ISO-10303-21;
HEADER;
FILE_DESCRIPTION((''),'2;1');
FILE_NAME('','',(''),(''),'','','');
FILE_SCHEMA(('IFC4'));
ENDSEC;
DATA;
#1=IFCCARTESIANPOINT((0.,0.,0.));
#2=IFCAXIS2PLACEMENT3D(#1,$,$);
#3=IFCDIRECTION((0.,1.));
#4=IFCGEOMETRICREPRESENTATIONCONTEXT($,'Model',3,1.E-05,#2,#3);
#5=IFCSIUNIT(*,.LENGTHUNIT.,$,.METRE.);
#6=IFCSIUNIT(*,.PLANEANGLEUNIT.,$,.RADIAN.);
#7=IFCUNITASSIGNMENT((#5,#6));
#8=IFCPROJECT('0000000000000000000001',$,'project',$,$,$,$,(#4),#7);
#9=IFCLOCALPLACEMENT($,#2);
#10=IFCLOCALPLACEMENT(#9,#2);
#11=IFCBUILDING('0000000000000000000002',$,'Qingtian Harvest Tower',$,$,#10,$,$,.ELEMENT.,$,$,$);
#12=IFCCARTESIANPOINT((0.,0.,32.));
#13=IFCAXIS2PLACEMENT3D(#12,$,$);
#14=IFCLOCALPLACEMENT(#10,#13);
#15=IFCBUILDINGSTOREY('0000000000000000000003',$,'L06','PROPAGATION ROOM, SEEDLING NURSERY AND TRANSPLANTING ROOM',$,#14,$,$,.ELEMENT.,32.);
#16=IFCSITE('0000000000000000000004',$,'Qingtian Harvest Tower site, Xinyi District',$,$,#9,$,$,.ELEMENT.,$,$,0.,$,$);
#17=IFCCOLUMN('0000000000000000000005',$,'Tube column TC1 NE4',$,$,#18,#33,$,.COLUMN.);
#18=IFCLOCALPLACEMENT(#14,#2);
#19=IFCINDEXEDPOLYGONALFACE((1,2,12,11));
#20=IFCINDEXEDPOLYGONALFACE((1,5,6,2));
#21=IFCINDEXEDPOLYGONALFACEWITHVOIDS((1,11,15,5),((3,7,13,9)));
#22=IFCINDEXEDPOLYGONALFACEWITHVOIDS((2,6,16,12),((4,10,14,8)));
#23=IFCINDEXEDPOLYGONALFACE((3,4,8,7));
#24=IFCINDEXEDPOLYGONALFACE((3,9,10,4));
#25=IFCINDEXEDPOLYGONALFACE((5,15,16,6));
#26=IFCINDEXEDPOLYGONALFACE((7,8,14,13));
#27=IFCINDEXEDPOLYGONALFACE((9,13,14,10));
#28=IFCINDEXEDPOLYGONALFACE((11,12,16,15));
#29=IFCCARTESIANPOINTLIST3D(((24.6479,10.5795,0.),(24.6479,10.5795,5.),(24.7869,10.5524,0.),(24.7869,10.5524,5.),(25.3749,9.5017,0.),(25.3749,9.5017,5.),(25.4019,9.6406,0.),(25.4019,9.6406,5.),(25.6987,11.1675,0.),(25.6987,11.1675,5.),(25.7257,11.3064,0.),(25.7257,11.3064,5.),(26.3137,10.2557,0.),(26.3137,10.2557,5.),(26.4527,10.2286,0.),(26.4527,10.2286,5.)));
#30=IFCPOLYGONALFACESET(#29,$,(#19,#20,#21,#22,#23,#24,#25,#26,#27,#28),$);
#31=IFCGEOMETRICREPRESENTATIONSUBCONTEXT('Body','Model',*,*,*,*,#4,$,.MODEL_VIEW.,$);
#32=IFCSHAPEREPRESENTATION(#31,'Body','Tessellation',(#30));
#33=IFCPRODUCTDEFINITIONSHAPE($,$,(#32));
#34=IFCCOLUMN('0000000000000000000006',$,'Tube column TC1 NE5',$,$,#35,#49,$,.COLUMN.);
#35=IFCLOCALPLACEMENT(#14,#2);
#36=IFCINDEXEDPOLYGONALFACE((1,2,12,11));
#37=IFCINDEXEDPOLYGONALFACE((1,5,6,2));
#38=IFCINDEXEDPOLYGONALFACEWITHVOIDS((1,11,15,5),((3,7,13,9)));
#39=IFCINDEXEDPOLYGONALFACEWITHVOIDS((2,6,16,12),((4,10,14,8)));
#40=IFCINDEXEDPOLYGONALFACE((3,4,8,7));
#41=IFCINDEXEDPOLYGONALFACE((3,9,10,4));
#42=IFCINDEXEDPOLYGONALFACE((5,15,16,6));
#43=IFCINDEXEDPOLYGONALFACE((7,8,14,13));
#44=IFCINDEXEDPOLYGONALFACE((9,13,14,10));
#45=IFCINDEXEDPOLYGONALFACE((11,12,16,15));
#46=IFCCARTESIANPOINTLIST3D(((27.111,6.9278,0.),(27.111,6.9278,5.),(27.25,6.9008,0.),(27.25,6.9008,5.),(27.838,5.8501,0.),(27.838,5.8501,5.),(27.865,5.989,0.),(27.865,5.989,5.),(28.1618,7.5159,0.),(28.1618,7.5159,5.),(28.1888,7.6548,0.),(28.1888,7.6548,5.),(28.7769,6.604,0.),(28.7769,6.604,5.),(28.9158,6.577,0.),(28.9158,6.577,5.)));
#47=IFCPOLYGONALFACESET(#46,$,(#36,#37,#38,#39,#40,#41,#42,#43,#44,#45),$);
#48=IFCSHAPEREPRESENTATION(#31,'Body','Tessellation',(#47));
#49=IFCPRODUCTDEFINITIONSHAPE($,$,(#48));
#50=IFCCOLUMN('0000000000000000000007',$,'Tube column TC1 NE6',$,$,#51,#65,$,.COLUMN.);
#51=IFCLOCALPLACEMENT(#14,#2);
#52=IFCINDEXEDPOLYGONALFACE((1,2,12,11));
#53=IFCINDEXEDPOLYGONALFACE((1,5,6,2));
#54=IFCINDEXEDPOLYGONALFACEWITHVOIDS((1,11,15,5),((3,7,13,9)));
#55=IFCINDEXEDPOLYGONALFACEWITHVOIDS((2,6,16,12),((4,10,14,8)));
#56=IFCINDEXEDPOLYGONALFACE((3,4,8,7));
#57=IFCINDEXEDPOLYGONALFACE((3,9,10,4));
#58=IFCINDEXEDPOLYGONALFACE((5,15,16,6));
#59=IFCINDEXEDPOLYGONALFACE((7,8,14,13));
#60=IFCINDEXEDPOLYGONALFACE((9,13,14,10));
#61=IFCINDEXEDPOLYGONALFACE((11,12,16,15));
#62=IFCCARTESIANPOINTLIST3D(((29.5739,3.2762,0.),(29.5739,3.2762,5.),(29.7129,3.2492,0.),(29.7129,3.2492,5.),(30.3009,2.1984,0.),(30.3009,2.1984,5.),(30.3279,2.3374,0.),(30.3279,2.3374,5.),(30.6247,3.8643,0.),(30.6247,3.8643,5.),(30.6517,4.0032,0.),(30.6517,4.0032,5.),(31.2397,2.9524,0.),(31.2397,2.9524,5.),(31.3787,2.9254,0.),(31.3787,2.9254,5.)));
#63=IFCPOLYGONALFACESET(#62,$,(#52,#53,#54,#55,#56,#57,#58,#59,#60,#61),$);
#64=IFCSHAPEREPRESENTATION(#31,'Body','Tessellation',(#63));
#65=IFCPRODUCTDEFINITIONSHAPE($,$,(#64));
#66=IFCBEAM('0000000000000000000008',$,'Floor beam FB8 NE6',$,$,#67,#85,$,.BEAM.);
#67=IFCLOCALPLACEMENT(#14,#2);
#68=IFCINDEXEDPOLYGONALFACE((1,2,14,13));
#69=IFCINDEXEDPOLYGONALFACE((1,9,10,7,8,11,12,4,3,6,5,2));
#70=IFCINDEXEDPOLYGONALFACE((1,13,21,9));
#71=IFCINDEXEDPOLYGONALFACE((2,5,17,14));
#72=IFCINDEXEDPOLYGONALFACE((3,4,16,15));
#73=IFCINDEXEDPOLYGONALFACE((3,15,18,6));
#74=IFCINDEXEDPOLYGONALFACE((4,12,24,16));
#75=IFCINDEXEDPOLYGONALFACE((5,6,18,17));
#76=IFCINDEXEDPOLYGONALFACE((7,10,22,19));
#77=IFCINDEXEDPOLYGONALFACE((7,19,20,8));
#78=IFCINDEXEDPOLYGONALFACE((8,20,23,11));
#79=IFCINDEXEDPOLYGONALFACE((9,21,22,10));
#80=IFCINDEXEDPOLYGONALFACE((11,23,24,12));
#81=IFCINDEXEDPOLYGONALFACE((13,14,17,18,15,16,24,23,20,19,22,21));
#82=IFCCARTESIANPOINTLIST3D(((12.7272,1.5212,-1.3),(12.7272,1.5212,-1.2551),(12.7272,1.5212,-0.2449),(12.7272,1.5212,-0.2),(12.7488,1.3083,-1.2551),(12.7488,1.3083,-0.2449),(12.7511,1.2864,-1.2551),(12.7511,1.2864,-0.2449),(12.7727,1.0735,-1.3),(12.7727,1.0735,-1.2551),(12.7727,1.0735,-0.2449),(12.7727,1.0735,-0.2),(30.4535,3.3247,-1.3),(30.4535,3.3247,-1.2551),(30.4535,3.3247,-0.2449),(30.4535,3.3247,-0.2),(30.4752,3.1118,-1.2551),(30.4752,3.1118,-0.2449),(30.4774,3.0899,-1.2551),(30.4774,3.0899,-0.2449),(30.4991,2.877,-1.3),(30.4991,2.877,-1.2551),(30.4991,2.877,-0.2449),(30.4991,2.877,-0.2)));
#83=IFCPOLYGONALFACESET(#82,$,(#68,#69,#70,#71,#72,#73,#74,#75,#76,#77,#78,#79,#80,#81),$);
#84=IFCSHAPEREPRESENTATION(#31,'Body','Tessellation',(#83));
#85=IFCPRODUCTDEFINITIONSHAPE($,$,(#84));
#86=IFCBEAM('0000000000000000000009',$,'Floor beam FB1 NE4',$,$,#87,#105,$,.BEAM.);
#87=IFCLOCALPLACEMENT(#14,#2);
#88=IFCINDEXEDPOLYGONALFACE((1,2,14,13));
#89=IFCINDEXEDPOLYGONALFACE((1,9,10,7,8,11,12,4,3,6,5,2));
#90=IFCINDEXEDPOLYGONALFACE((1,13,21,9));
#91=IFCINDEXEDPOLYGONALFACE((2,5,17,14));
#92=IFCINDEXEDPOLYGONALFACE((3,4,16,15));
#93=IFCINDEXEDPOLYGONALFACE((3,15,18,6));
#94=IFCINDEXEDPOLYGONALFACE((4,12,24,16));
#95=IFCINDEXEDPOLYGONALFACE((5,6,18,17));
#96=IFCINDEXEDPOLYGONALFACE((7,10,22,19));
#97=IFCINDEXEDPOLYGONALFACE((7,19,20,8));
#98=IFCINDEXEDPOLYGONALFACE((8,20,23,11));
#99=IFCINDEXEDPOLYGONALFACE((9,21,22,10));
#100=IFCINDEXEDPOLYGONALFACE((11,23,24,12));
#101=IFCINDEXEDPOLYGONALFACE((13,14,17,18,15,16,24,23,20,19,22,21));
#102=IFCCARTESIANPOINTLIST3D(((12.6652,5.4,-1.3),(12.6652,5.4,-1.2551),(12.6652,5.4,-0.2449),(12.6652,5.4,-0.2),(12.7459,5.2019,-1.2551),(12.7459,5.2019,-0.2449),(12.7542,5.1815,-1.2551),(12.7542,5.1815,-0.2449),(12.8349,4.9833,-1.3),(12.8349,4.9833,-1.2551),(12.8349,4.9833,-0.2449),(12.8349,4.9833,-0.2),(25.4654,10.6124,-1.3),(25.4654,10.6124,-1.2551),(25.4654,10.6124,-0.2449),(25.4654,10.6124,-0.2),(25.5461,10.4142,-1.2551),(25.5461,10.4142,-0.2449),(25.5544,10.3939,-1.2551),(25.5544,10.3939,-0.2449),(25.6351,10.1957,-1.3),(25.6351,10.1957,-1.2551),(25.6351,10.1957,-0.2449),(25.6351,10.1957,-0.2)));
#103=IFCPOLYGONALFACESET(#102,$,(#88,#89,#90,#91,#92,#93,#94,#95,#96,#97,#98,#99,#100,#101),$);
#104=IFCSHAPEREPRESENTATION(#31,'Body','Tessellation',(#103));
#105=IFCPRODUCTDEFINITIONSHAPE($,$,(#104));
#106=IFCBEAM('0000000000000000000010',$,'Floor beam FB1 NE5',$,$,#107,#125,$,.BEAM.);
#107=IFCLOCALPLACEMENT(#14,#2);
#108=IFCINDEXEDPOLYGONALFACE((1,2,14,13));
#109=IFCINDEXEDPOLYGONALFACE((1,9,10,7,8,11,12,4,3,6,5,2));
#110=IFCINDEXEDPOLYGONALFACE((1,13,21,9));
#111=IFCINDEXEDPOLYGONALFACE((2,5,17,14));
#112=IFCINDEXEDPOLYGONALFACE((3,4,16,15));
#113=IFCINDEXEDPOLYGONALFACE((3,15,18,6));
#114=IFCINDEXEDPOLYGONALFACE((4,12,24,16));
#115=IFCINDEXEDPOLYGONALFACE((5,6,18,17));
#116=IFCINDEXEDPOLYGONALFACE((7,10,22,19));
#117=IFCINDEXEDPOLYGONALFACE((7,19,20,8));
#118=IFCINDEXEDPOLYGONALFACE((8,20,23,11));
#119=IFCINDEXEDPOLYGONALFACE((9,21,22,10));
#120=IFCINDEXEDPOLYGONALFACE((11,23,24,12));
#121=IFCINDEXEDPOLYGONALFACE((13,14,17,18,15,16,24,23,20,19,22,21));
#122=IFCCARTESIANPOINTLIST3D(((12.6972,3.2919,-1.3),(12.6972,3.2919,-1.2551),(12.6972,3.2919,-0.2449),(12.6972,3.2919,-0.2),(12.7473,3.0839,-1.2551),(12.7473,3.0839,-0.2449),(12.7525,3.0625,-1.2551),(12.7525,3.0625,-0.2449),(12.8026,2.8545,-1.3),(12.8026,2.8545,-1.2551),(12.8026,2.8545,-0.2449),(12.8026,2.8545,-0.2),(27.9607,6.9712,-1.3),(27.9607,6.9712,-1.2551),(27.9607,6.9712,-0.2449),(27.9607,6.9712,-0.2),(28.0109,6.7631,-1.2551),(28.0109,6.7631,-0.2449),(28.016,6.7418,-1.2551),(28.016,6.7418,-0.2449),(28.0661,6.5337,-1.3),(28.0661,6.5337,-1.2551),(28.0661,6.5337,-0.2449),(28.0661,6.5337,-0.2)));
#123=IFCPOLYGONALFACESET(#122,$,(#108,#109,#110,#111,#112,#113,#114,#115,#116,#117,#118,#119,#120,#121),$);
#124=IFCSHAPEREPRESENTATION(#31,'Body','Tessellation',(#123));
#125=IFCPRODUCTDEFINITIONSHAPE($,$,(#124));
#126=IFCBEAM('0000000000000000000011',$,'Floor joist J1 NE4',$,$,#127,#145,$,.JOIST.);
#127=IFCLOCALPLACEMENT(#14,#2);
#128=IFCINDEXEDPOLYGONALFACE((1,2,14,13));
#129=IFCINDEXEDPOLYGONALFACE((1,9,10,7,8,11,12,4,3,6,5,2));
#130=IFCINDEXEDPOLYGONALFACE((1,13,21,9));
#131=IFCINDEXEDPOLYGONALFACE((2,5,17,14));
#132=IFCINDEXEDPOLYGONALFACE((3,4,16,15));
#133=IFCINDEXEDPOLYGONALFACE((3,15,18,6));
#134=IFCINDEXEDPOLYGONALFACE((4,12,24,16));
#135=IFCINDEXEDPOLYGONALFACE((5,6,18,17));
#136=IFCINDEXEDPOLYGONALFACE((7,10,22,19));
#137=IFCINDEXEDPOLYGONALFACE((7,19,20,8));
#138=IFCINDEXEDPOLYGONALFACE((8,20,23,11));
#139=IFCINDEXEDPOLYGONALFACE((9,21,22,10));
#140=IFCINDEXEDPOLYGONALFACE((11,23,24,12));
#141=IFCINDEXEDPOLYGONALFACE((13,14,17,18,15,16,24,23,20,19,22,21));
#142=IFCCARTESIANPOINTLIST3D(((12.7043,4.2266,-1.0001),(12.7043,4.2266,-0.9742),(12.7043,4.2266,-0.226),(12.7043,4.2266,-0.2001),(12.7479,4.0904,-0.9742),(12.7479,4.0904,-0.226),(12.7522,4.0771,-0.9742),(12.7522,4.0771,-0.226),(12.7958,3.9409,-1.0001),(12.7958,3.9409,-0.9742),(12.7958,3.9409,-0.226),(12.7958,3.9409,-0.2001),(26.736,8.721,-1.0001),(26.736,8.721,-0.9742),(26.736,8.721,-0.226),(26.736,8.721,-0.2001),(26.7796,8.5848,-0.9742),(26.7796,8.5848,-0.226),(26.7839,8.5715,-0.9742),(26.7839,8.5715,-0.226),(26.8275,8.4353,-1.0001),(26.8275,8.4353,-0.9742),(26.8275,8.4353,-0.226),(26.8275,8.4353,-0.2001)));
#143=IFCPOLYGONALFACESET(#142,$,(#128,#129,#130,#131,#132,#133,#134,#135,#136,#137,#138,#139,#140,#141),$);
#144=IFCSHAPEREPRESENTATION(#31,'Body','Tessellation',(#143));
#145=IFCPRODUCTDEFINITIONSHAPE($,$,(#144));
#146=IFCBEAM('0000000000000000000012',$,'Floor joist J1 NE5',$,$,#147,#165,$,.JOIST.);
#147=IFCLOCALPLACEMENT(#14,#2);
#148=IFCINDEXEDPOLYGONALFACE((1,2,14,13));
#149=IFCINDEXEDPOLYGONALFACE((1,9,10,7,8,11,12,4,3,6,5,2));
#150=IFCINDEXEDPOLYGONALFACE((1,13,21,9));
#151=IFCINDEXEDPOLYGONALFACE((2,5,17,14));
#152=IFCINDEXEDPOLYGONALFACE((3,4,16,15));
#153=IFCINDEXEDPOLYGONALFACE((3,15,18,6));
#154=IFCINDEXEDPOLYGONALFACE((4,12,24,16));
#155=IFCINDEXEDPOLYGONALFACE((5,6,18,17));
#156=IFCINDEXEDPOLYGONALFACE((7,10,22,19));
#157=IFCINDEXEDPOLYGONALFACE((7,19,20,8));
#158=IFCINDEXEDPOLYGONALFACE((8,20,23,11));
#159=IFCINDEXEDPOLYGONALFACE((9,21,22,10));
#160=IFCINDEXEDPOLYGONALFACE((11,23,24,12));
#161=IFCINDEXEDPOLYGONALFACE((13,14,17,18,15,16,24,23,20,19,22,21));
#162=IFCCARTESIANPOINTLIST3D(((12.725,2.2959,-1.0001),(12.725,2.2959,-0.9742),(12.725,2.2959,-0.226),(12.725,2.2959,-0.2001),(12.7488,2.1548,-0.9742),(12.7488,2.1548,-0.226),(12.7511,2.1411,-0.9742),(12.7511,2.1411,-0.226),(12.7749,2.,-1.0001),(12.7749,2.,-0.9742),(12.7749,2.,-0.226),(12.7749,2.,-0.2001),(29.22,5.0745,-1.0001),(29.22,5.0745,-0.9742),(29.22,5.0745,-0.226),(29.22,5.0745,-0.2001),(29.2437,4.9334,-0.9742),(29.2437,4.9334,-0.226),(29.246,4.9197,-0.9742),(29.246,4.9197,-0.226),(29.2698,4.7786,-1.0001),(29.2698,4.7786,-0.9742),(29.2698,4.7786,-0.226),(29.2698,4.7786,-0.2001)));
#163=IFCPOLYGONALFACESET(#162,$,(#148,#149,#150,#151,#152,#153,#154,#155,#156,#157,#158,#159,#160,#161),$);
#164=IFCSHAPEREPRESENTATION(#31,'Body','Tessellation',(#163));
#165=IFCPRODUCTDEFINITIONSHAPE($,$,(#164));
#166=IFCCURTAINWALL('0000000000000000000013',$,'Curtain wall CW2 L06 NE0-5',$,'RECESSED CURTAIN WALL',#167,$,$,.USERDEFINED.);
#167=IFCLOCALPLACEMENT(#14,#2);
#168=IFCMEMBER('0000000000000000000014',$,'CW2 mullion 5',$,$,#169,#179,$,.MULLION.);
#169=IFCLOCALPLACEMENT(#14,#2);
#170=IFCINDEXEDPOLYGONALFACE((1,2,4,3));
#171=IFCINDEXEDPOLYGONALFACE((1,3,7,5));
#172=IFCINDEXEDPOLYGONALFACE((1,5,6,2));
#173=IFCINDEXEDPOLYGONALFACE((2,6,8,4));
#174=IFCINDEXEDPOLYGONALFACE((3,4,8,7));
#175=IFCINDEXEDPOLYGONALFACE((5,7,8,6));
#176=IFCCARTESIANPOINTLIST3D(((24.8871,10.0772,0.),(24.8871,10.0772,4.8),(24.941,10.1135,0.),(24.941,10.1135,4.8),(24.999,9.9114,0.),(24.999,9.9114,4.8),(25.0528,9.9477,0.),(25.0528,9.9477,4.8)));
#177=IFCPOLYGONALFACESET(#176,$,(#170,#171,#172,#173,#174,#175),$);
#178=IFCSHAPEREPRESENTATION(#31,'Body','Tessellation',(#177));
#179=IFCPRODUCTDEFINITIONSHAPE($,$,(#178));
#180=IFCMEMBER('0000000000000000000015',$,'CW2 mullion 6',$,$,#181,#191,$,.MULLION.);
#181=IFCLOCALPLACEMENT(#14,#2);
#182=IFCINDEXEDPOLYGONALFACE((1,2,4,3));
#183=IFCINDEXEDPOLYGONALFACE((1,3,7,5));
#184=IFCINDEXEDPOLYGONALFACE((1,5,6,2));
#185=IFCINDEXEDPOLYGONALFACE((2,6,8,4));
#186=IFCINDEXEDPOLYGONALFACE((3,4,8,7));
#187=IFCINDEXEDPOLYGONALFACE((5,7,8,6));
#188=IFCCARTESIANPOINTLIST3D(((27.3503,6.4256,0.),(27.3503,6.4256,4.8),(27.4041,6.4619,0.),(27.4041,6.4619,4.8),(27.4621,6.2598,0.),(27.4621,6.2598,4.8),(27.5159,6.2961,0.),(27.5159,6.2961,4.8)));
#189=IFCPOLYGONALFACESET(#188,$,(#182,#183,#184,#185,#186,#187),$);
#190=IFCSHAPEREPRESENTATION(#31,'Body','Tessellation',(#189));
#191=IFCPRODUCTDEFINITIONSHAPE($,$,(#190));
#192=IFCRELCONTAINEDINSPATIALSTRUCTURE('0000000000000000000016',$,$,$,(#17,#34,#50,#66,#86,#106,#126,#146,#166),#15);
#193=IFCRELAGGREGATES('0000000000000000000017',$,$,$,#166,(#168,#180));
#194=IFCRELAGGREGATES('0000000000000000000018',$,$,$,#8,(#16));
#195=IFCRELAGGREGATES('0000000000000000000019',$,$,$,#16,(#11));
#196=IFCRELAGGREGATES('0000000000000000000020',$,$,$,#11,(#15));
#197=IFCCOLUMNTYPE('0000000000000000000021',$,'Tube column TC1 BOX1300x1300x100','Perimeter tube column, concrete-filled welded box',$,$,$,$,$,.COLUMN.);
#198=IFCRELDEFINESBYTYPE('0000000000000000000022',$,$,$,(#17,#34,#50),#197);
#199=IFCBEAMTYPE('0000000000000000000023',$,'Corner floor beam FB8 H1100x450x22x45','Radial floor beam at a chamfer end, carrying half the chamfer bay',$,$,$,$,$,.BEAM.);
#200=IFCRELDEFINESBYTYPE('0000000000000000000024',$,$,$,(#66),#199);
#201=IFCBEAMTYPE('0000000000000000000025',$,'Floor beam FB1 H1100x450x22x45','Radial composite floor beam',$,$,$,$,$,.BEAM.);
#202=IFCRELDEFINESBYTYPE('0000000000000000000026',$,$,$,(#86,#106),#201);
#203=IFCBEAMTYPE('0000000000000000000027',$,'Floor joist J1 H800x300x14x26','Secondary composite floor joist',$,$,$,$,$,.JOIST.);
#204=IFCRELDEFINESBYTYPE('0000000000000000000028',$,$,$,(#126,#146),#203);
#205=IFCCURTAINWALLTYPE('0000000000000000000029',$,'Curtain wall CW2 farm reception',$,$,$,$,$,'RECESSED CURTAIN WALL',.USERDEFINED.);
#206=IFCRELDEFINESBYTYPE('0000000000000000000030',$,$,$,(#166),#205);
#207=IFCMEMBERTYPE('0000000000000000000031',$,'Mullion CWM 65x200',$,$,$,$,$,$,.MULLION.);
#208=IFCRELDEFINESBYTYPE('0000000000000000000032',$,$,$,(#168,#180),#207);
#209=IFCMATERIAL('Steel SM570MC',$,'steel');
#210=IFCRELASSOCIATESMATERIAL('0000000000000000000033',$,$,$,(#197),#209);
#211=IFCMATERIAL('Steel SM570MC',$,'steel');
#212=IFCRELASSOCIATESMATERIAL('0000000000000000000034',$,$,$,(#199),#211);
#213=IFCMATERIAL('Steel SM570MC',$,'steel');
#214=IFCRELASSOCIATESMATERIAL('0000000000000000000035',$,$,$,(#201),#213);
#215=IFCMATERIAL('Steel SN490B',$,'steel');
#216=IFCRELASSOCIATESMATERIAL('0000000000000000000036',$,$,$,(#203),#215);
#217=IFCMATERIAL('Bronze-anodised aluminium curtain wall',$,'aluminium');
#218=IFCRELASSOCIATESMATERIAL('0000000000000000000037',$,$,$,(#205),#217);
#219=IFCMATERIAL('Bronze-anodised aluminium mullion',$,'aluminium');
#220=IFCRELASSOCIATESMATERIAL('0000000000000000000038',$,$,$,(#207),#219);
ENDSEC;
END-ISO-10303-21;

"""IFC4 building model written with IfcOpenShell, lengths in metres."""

from ifc_helpers import new_model, si_unit, direction, frame, origin, origin_2d, place, context, subcontext, project, spatial, rectangle, hollow_rectangle, i_section, extrude, material, material_profile, profile_set, type_object, element, aggregate, save


model = new_model("IFC4")

# Units and contexts
model_context = context("Model", 3, precision=1e-05, world=origin(), true_north=direction((0.0, 1.0)))
body_context = subcontext(model_context, "Body", "Model", "MODEL_VIEW")
ifc_project = project(units=[si_unit("LENGTHUNIT", "METRE"), si_unit("PLANEANGLEUNIT", "RADIAN")], contexts=[model_context])

# Site, building, storey
site_placement = place(None, origin())
site = spatial("IfcSite", under=ifc_project, at=site_placement, Name="Qingtian Harvest Tower site, Xinyi District", CompositionType="ELEMENT", RefElevation=0.0)
building_placement = place(site_placement, origin())
building = spatial("IfcBuilding", under=site, at=building_placement, Name="Qingtian Harvest Tower", CompositionType="ELEMENT")
storey_placement = place(building_placement, frame((0.0, 0.0, 32.0)))
storey = spatial("IfcBuildingStorey", under=building, at=storey_placement, Name="L06", Description="PROPAGATION ROOM, SEEDLING NURSERY AND TRANSPLANTING ROOM", CompositionType="ELEMENT", Elevation=32.0)

# Columns
ifc_material_1 = material(Name="Steel SM570MC", Category="steel")
ifc_material_profile_1 = material_profile(ifc_material_1, hollow_rectangle(XDim=1.3, YDim=1.3, WallThickness=0.1001, at=origin_2d()), Name="BOX1300x1300x100")
ifc_profile_set_1 = profile_set([ifc_material_profile_1], Name="Steel SM570MC")
column_type = type_object("IfcColumnType", Name="Tube column TC1 BOX1300x1300x100", Description="Perimeter tube column, concrete-filled welded box", PredefinedType="COLUMN", material=ifc_profile_set_1)
for number, where, z_axis, x_axis, name in (
    (1, (25.5503, 10.4041, 0.0), (0.0, 0.0, 1.0), (-0.559193, 0.829038, 0.0), "Tube column TC1 NE4"),
    (2, (28.0134, 6.7524, 0.0), (0.0, 0.0, 1.0), (-0.559193, 0.829038, 0.0), "Tube column TC1 NE5"),
    (3, (30.4763, 3.1008, 0.0), (0.0, 0.0, 1.0), (-0.559193, 0.829038, 0.0), "Tube column TC1 NE6"),
):
    element("IfcColumn", number, at=place(storey_placement, frame(where, z_axis=z_axis, x_axis=x_axis)), inside=storey, type_object=column_type, Name=name, PredefinedType="COLUMN", context=body_context, shape_type="SweptSolid", body=[
        extrude(hollow_rectangle(XDim=1.3, YDim=1.3, WallThickness=0.1001, at=origin_2d()), origin(), (0.0, 0.0, 1.0), 5.0),
    ])

# Beams
ifc_material_2 = material(Name="Steel SM570MC", Category="steel")
ifc_material_profile_2 = material_profile(ifc_material_2, i_section(OverallWidth=0.45, OverallDepth=1.1001, WebThickness=0.022, FlangeThickness=0.0449, at=origin_2d()), Name="H1100x450x22x45")
ifc_profile_set_2 = profile_set([ifc_material_profile_2], Name="Steel SM570MC")
beam_type_1 = type_object("IfcBeamType", Name="Corner floor beam FB8 H1100x450x22x45", Description="Radial floor beam at a chamfer end, carrying half the chamfer bay", PredefinedType="BEAM", material=ifc_profile_set_2)
beam_1_placement = place(storey_placement, frame((30.4763, 3.1008, -0.75), z_axis=(-0.994864, -0.101217, 0.0), x_axis=(0.101217, -0.994864, 0.0)))
element("IfcBeam", 4, at=beam_1_placement, inside=storey, type_object=beam_type_1, Name="Floor beam FB8 NE6", PredefinedType="BEAM", context=body_context, shape_type="SweptSolid", body=[
    extrude(i_section(OverallWidth=0.45, OverallDepth=1.1001, WebThickness=0.022, FlangeThickness=0.0449, at=origin_2d()), origin(), (0.0, 0.0, 1.0), 17.8179),
])
ifc_material_3 = material(Name="Steel SM570MC", Category="steel")
ifc_material_profile_3 = material_profile(ifc_material_3, i_section(OverallWidth=0.45, OverallDepth=1.1001, WebThickness=0.022, FlangeThickness=0.0449, at=origin_2d()), Name="H1100x450x22x45")
ifc_profile_set_3 = profile_set([ifc_material_profile_3], Name="Steel SM570MC")
beam_type_2 = type_object("IfcBeamType", Name="Floor beam FB1 H1100x450x22x45", Description="Radial composite floor beam", PredefinedType="BEAM", material=ifc_profile_set_3)
beam_2_placement = place(storey_placement, frame((25.5503, 10.4041, -0.75), z_axis=(-0.926156, -0.37714, 0.0), x_axis=(0.37714, -0.926156, 0.0)))
element("IfcBeam", 5, at=beam_2_placement, inside=storey, type_object=beam_type_2, Name="Floor beam FB1 NE4", PredefinedType="BEAM", context=body_context, shape_type="SweptSolid", body=[
    extrude(i_section(OverallWidth=0.45, OverallDepth=1.1001, WebThickness=0.022, FlangeThickness=0.0449, at=origin_2d()), origin(), (0.0, 0.0, 1.0), 13.8208),
])
beam_3_placement = place(storey_placement, frame((28.0134, 6.7524, -0.75), z_axis=(-0.972156, -0.234335, 0.0), x_axis=(0.234335, -0.972156, 0.0)))
element("IfcBeam", 6, at=beam_3_placement, inside=storey, type_object=beam_type_2, Name="Floor beam FB1 NE5", PredefinedType="BEAM", context=body_context, shape_type="SweptSolid", body=[
    extrude(i_section(OverallWidth=0.45, OverallDepth=1.1001, WebThickness=0.022, FlangeThickness=0.0449, at=origin_2d()), origin(), (0.0, 0.0, 1.0), 15.7007),
])
ifc_material_4 = material(Name="Steel SN490B", Category="steel")
ifc_material_profile_4 = material_profile(ifc_material_4, i_section(OverallWidth=0.3, OverallDepth=0.8, WebThickness=0.0139, FlangeThickness=0.0259, at=origin_2d()), Name="H800x300x14x26")
ifc_profile_set_4 = profile_set([ifc_material_profile_4], Name="Steel SN490B")
beam_type_3 = type_object("IfcBeamType", Name="Floor joist J1 H800x300x14x26", Description="Secondary composite floor joist", PredefinedType="JOIST", material=ifc_profile_set_4)
beam_4_placement = place(storey_placement, frame((26.7817, 8.5781, -0.6001), z_axis=(-0.952341, -0.305036, 0.0), x_axis=(0.305036, -0.952341, 0.0)))
element("IfcBeam", 7, at=beam_4_placement, inside=storey, type_object=beam_type_3, Name="Floor joist J1 NE4", PredefinedType="JOIST", context=body_context, shape_type="SweptSolid", body=[
    extrude(i_section(OverallWidth=0.3, OverallDepth=0.8, WebThickness=0.0139, FlangeThickness=0.0259, at=origin_2d()), origin(), (0.0, 0.0, 1.0), 14.7339),
])
beam_5_placement = place(storey_placement, frame((29.2449, 4.9265, -0.6001), z_axis=(-0.986107, -0.16611, 0.0), x_axis=(0.16611, -0.986107, 0.0)))
element("IfcBeam", 8, at=beam_5_placement, inside=storey, type_object=beam_type_3, Name="Floor joist J1 NE5", PredefinedType="JOIST", context=body_context, shape_type="SweptSolid", body=[
    extrude(i_section(OverallWidth=0.3, OverallDepth=0.8, WebThickness=0.0139, FlangeThickness=0.0259, at=origin_2d()), origin(), (0.0, 0.0, 1.0), 16.7273),
])

# Curtain wall, members
ifc_material_5 = material(Name="Bronze-anodised aluminium curtain wall", Category="aluminium")
curtain_wall_type = type_object("IfcCurtainWallType", Name="Curtain wall CW2 farm reception", ElementType="RECESSED CURTAIN WALL", PredefinedType="USERDEFINED", material=ifc_material_5)
curtain_wall_1_placement = place(storey_placement, origin())
curtain_wall_1 = element("IfcCurtainWall", 9, at=curtain_wall_1_placement, inside=storey, type_object=curtain_wall_type, Name="Curtain wall CW2 L06 NE0-5", ObjectType="RECESSED CURTAIN WALL", PredefinedType="USERDEFINED")
ifc_material_6 = material(Name="Bronze-anodised aluminium mullion", Category="aluminium")
ifc_material_profile_5 = material_profile(ifc_material_6, rectangle(XDim=0.0649, YDim=0.2, at=origin_2d()), Name="AL 65x200")
ifc_profile_set_5 = profile_set([ifc_material_profile_5], Name="Bronze-anodised aluminium mullion")
member_type_1 = type_object("IfcMemberType", Name="Mullion CWM 65x200", PredefinedType="MULLION", material=ifc_profile_set_5)
member_1_placement = place(storey_placement, frame((24.97, 10.0125, 0.0), z_axis=(0.0, 0.0, 1.0), x_axis=(0.829038, 0.559193, 0.0)))
member_1 = element("IfcMember", 10, at=member_1_placement, type_object=member_type_1, Name="CW2 mullion 5", PredefinedType="MULLION", context=body_context, shape_type="SweptSolid", body=[
    extrude(rectangle(XDim=0.0649, YDim=0.2, at=origin_2d()), origin(), (0.0, 0.0, 1.0), 4.8),
])
member_2_placement = place(storey_placement, frame((27.4331, 6.3608, 0.0), z_axis=(0.0, 0.0, 1.0), x_axis=(0.829038, 0.559193, 0.0)))
member_2 = element("IfcMember", 11, at=member_2_placement, type_object=member_type_1, Name="CW2 mullion 6", PredefinedType="MULLION", context=body_context, shape_type="SweptSolid", body=[
    extrude(rectangle(XDim=0.0649, YDim=0.2, at=origin_2d()), origin(), (0.0, 0.0, 1.0), 4.8),
])

aggregate(curtain_wall_1, [member_1, member_2])

save(model, "model.ifc")
